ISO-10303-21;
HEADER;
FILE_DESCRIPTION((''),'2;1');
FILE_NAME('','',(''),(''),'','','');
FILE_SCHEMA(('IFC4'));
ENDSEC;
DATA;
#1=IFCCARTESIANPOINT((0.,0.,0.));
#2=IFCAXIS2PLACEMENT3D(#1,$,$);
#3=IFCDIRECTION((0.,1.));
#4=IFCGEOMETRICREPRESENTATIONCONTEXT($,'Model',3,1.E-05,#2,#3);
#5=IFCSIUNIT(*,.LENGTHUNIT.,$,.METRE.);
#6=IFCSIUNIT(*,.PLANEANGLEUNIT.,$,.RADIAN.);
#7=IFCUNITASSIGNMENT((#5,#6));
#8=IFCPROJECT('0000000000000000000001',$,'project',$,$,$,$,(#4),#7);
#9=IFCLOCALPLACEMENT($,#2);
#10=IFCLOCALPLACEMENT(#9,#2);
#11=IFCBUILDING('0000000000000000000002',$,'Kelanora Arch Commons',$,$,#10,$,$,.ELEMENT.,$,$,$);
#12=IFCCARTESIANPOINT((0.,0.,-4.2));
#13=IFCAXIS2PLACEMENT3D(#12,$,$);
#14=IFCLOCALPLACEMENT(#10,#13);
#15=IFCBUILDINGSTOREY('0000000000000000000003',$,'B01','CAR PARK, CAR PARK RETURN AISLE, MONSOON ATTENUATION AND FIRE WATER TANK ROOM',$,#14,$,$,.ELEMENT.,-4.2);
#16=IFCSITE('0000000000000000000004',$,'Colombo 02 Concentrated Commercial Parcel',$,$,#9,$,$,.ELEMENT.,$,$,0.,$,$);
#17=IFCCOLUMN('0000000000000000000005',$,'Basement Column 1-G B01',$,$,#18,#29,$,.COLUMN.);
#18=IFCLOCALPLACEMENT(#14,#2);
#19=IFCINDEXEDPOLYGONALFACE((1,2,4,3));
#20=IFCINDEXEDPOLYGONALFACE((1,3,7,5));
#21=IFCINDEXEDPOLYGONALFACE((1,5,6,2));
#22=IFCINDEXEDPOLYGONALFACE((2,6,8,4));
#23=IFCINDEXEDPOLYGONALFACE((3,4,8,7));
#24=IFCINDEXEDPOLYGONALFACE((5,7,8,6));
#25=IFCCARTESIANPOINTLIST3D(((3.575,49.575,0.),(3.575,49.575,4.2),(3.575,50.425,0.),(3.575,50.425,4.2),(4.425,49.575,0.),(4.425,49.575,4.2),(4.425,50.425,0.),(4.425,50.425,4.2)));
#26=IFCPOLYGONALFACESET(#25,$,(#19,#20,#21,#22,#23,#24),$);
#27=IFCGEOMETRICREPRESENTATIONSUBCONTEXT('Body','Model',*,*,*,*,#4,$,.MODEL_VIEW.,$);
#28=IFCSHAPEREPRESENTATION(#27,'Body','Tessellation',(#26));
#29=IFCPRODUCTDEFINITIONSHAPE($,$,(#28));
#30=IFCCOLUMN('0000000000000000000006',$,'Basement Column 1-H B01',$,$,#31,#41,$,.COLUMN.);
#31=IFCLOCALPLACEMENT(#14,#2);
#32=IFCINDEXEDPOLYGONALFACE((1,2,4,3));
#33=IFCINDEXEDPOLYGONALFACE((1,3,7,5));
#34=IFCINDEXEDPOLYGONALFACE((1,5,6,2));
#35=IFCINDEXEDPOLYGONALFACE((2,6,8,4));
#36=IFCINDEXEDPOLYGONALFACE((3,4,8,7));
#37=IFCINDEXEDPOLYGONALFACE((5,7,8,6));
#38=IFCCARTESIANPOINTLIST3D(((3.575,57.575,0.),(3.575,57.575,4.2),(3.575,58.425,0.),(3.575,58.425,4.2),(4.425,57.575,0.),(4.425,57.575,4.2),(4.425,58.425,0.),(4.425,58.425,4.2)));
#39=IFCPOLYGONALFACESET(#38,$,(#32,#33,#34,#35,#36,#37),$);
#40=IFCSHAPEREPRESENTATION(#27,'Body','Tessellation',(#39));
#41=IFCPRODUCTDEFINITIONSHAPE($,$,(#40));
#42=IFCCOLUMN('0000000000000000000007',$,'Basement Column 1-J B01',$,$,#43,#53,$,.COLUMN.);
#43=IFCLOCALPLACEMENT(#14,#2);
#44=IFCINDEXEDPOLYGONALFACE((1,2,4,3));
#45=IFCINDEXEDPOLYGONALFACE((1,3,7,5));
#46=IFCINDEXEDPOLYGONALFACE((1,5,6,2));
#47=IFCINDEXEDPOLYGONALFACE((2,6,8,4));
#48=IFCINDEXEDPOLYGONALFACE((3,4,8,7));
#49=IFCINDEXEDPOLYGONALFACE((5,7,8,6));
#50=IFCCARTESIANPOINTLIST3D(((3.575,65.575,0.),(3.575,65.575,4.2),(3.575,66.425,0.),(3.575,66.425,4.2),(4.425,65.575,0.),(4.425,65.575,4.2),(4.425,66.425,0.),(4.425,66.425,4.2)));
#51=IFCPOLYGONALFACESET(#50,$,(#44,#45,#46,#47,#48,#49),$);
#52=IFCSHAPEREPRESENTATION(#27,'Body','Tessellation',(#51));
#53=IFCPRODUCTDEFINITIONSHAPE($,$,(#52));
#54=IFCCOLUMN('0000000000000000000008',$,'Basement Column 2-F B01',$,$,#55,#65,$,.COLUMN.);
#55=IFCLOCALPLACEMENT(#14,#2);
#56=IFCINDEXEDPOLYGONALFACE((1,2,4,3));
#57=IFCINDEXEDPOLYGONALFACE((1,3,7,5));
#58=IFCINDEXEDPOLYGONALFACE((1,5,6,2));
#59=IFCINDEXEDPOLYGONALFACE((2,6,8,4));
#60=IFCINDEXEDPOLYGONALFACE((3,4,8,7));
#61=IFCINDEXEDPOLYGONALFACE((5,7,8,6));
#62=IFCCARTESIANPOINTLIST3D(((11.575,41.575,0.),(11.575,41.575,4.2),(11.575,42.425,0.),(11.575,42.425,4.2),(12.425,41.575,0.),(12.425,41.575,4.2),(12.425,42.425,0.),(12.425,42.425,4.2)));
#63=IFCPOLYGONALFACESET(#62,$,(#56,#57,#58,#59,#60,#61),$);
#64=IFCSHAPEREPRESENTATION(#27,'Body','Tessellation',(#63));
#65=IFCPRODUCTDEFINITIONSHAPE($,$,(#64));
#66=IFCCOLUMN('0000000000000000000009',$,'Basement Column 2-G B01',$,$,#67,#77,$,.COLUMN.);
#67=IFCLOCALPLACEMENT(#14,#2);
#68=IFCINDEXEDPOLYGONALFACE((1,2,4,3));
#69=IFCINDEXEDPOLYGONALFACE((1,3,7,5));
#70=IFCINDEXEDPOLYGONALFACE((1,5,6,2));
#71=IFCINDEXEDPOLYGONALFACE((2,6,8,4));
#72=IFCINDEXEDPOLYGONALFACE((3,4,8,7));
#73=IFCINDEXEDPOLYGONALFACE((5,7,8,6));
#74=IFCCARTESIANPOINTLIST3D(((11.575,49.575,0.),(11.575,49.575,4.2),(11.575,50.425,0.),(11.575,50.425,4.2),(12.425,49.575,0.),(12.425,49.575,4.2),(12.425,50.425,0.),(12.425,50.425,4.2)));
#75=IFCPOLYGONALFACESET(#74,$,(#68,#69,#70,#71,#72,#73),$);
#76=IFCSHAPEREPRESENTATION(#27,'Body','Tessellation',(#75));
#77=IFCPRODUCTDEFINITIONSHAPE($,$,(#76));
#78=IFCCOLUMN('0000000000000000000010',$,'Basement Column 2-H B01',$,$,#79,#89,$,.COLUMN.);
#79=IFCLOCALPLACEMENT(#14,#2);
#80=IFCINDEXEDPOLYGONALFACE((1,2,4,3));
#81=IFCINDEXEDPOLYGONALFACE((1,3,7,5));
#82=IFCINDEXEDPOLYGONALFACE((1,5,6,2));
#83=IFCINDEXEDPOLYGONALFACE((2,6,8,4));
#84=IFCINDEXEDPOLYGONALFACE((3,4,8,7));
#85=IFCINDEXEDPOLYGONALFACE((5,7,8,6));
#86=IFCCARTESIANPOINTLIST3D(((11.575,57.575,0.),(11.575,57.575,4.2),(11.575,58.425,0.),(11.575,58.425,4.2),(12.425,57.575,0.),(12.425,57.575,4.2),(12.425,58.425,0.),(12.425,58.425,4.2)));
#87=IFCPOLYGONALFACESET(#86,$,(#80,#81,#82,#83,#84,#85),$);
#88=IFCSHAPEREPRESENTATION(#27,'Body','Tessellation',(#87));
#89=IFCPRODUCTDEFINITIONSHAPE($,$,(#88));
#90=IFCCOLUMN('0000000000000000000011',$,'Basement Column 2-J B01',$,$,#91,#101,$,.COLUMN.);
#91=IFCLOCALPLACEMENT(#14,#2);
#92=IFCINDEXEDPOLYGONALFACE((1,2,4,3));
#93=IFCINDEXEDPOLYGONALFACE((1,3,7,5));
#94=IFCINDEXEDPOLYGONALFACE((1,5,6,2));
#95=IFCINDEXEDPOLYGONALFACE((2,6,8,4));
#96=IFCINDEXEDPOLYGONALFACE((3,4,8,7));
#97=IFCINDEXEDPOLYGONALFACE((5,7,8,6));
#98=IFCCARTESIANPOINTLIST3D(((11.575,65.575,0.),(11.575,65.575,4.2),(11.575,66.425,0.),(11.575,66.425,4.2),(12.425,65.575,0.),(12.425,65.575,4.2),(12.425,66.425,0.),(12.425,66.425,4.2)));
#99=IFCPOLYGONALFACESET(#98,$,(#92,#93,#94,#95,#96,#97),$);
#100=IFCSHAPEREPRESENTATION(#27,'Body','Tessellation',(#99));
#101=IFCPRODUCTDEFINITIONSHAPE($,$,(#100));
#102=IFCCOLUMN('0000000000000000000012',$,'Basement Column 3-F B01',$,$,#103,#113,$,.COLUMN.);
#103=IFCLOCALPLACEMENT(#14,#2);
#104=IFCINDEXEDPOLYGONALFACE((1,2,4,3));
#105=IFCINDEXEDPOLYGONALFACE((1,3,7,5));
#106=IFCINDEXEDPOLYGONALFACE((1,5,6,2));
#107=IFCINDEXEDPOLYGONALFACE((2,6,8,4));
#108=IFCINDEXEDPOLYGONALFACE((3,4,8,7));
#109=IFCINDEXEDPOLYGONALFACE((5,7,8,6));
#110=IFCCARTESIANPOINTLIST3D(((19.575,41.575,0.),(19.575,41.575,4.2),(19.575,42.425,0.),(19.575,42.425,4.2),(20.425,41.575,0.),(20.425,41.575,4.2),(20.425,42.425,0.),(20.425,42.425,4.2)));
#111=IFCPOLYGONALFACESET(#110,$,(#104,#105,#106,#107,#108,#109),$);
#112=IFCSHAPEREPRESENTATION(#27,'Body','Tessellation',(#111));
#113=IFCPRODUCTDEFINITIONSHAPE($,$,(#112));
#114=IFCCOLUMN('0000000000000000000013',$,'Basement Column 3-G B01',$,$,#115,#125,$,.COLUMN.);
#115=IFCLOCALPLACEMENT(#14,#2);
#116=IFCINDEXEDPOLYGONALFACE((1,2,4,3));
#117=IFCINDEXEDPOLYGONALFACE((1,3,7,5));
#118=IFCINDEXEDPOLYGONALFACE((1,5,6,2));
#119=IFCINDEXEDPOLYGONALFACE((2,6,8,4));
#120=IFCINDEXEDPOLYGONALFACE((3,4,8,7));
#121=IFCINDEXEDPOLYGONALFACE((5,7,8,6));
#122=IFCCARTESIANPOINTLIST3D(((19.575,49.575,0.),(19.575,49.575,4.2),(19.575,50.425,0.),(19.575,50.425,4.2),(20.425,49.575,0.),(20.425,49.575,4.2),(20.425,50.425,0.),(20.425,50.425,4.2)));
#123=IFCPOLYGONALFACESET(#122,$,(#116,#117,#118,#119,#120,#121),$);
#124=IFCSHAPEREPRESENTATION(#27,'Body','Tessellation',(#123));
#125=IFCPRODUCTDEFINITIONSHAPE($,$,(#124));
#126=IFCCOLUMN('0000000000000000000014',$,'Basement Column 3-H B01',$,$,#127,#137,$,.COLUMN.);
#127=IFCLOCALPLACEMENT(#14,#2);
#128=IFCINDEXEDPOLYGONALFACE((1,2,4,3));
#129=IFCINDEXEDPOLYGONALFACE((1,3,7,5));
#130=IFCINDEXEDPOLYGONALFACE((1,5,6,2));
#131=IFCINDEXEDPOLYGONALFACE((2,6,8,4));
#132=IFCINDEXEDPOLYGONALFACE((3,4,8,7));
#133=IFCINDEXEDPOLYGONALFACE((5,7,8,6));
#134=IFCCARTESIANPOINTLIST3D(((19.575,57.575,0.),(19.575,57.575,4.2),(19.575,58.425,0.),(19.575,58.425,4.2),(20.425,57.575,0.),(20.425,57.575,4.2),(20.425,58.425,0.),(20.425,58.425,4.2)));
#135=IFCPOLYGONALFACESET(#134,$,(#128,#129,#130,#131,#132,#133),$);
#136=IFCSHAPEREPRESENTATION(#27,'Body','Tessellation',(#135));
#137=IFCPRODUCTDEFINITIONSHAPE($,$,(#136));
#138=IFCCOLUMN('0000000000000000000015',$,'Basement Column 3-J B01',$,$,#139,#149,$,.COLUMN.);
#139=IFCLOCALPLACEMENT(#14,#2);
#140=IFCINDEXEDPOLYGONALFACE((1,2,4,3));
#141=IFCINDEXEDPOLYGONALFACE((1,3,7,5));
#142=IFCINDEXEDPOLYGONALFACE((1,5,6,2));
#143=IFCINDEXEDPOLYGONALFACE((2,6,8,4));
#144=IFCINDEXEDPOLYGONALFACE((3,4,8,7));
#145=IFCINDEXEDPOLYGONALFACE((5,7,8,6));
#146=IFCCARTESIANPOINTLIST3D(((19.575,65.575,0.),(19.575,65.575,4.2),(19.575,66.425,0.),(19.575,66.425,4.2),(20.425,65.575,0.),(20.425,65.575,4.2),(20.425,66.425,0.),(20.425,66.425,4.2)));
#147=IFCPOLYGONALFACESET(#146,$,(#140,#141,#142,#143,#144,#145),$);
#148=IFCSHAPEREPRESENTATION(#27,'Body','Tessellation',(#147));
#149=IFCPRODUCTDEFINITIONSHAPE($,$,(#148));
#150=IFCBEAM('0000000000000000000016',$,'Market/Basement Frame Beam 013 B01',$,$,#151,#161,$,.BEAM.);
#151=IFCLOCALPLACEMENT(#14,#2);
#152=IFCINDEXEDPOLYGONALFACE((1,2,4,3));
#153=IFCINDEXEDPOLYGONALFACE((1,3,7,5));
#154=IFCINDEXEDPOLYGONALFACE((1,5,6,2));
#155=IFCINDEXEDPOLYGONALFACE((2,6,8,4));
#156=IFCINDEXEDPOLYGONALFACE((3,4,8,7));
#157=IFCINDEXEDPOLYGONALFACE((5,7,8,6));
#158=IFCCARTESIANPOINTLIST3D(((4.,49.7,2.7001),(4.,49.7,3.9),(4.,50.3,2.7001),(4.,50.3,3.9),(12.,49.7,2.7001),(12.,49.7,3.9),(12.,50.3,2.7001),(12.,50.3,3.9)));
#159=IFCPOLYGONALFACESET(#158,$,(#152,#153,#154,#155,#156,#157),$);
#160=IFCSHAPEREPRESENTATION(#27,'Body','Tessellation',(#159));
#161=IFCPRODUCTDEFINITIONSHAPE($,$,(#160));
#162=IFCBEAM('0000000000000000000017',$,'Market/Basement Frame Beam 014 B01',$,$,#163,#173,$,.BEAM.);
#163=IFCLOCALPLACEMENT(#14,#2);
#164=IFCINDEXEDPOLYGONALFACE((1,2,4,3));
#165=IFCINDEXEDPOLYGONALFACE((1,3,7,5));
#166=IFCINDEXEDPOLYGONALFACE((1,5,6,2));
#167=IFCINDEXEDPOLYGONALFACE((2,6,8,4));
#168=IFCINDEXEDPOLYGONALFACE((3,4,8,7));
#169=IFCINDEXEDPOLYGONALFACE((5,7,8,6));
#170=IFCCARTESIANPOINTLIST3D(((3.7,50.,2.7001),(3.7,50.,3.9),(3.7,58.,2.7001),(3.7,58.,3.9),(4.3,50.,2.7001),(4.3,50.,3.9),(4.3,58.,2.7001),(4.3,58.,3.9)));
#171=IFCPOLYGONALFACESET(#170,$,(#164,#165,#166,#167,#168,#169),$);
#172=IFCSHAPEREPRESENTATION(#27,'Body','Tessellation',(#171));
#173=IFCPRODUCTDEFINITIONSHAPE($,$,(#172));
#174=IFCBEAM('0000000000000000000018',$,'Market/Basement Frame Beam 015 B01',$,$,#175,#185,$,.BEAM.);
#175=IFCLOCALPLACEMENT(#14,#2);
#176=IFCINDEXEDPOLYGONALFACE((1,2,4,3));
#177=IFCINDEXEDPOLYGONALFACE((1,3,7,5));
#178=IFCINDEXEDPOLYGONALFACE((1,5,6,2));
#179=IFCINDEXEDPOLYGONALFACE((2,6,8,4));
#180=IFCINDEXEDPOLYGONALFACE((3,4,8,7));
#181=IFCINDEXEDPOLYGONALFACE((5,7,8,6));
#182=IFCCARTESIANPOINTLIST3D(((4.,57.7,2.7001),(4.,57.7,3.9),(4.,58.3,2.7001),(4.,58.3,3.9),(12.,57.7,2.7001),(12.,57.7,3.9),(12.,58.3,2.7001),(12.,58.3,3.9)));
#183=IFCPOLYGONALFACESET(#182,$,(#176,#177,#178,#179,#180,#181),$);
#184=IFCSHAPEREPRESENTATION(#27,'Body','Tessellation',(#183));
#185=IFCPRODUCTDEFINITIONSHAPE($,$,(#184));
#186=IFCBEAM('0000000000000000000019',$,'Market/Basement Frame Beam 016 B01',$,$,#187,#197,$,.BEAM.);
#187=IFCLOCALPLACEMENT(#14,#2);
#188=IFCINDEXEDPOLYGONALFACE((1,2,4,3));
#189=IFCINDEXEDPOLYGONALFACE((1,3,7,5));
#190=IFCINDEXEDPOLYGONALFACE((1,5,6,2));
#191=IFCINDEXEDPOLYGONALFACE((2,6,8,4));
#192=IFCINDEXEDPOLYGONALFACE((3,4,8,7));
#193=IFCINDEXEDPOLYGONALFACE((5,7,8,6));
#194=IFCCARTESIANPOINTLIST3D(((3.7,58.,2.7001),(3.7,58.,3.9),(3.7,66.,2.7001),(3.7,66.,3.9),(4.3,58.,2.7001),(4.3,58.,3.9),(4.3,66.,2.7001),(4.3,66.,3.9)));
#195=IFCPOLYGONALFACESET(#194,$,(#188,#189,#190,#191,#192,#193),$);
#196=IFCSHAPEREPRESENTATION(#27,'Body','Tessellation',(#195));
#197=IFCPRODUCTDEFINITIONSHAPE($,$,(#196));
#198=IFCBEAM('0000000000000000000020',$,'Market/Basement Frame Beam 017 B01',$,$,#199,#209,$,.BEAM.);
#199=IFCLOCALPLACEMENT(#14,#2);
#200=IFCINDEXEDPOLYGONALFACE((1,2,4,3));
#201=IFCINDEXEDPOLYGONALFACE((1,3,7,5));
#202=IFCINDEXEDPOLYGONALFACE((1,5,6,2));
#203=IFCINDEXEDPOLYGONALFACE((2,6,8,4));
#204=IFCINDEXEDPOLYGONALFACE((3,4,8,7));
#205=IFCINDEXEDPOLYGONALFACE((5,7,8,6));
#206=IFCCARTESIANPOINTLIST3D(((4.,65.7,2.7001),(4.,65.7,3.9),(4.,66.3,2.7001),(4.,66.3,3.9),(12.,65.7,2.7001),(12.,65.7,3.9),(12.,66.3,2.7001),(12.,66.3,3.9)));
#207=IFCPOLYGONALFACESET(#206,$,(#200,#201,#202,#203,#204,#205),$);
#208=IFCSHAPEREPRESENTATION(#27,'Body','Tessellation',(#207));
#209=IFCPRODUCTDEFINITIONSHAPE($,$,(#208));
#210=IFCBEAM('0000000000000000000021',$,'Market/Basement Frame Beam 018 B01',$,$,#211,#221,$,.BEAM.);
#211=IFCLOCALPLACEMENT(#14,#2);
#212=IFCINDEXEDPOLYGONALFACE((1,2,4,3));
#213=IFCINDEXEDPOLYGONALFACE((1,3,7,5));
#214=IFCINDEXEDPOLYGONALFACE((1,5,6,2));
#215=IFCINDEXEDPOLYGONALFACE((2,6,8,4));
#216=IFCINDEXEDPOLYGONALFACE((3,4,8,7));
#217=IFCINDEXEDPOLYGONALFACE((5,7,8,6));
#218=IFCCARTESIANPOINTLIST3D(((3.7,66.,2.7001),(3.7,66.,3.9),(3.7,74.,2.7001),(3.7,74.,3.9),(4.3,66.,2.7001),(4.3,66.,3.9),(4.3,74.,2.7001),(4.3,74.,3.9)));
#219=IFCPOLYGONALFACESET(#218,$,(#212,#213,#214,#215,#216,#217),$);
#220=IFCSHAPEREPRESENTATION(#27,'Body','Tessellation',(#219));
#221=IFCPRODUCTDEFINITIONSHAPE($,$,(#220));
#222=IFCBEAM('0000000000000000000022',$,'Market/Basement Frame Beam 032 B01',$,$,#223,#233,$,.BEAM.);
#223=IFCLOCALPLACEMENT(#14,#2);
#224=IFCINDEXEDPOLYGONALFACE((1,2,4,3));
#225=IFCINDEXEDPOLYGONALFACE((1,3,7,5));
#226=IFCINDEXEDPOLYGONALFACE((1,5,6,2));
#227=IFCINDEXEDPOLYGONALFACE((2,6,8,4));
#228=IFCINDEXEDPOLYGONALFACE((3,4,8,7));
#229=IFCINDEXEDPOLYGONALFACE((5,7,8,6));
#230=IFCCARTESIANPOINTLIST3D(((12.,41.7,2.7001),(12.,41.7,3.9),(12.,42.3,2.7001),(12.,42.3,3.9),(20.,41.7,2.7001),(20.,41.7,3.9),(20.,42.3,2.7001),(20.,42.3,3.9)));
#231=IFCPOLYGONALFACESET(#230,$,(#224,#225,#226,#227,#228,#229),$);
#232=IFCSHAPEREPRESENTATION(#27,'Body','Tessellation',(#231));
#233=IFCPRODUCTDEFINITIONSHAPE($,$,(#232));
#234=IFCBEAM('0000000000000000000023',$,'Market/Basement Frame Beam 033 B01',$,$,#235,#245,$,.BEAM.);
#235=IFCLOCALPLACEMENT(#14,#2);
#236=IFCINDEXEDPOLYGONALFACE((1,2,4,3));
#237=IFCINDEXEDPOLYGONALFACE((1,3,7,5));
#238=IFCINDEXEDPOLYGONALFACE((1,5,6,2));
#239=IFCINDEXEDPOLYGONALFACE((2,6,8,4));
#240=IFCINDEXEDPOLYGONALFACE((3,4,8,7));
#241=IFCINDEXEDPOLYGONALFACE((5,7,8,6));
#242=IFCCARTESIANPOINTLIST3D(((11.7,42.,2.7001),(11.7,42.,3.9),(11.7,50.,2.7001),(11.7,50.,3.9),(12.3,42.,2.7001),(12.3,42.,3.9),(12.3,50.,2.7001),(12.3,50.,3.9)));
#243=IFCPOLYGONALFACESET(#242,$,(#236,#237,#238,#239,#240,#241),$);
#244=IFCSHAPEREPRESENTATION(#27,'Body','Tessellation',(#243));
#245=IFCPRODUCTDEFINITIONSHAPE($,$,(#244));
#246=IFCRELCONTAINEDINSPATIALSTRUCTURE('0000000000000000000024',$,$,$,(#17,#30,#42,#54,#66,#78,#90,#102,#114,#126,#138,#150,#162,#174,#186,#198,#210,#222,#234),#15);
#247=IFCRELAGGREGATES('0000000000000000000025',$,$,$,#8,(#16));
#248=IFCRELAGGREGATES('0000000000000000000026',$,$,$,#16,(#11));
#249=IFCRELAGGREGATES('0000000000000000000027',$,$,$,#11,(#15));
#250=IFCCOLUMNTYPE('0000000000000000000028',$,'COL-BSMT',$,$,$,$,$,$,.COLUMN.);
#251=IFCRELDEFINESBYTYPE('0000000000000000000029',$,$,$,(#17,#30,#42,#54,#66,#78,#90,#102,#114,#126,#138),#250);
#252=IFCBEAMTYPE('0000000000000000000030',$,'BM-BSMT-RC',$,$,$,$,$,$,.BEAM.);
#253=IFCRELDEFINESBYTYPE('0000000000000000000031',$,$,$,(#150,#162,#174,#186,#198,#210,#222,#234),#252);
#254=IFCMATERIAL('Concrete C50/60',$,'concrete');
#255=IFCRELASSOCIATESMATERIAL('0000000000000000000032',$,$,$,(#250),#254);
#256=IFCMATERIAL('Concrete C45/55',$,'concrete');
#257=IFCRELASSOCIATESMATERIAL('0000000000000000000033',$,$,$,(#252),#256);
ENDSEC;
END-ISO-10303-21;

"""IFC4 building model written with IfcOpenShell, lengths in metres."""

from ifc_helpers import new_model, si_unit, direction, frame, origin, origin_2d, place, context, subcontext, project, spatial, rectangle, extrude, material, material_profile, profile_set, type_object, element, save


model = new_model("IFC4")

# Units and contexts
model_context = context("Model", 3, precision=1e-05, world=origin(), true_north=direction((0.0, 1.0)))
body_context = subcontext(model_context, "Body", "Model", "MODEL_VIEW")
ifc_project = project(units=[si_unit("LENGTHUNIT", "METRE"), si_unit("PLANEANGLEUNIT", "RADIAN")], contexts=[model_context])

# Site, building, storey
site_placement = place(None, origin())
site = spatial("IfcSite", under=ifc_project, at=site_placement, Name="Colombo 02 Concentrated Commercial Parcel", CompositionType="ELEMENT", RefElevation=0.0)
building_placement = place(site_placement, origin())
building = spatial("IfcBuilding", under=site, at=building_placement, Name="Kelanora Arch Commons", CompositionType="ELEMENT")
storey_placement = place(building_placement, frame((0.0, 0.0, -4.2)))
storey = spatial("IfcBuildingStorey", under=building, at=storey_placement, Name="B01", Description="CAR PARK, CAR PARK RETURN AISLE, MONSOON ATTENUATION AND FIRE WATER TANK ROOM", CompositionType="ELEMENT", Elevation=-4.2)

# Columns
ifc_material_1 = material(Name="Concrete C50/60", Category="concrete")
ifc_material_profile_1 = material_profile(ifc_material_1, rectangle(XDim=0.8501, YDim=0.8501, at=origin_2d()), Name="RC850x850")
ifc_profile_set_1 = profile_set([ifc_material_profile_1], Name="Concrete C50/60")
column_type = type_object("IfcColumnType", Name="COL-BSMT", PredefinedType="COLUMN", material=ifc_profile_set_1)
for number, where, z_axis, x_axis, name in (
    (1, (4.0, 50.0, 0.0), (0.0, 0.0, 1.0), (1.0, 0.0, 0.0), "Basement Column 1-G B01"),
    (2, (4.0, 58.0, 0.0), (0.0, 0.0, 1.0), (1.0, 0.0, 0.0), "Basement Column 1-H B01"),
    (3, (4.0, 66.0, 0.0), (0.0, 0.0, 1.0), (1.0, 0.0, 0.0), "Basement Column 1-J B01"),
    (4, (12.0, 42.0, 0.0), (0.0, 0.0, 1.0), (1.0, 0.0, 0.0), "Basement Column 2-F B01"),
    (5, (12.0, 50.0, 0.0), (0.0, 0.0, 1.0), (1.0, 0.0, 0.0), "Basement Column 2-G B01"),
    (6, (12.0, 58.0, 0.0), (0.0, 0.0, 1.0), (1.0, 0.0, 0.0), "Basement Column 2-H B01"),
    (7, (12.0, 66.0, 0.0), (0.0, 0.0, 1.0), (1.0, 0.0, 0.0), "Basement Column 2-J B01"),
    (8, (20.0, 42.0, 0.0), (0.0, 0.0, 1.0), (1.0, 0.0, 0.0), "Basement Column 3-F B01"),
    (9, (20.0, 50.0, 0.0), (0.0, 0.0, 1.0), (1.0, 0.0, 0.0), "Basement Column 3-G B01"),
    (10, (20.0, 58.0, 0.0), (0.0, 0.0, 1.0), (1.0, 0.0, 0.0), "Basement Column 3-H B01"),
    (11, (20.0, 66.0, 0.0), (0.0, 0.0, 1.0), (1.0, 0.0, 0.0), "Basement Column 3-J B01"),
):
    element("IfcColumn", number, at=place(storey_placement, frame(where, z_axis=z_axis, x_axis=x_axis)), inside=storey, type_object=column_type, Name=name, PredefinedType="COLUMN", context=body_context, shape_type="SweptSolid", body=[
        extrude(rectangle(XDim=0.8501, YDim=0.8501, at=origin_2d()), origin(), (0.0, 0.0, 1.0), 4.2),
    ])

# Beams
ifc_material_2 = material(Name="Concrete C45/55", Category="concrete")
ifc_material_profile_2 = material_profile(ifc_material_2, rectangle(XDim=0.6001, YDim=1.2, at=origin_2d()), Name="RCB600x1200")
ifc_profile_set_2 = profile_set([ifc_material_profile_2], Name="Concrete C45/55")
beam_type = type_object("IfcBeamType", Name="BM-BSMT-RC", PredefinedType="BEAM", material=ifc_profile_set_2)
for number, where, z_axis, x_axis, name in (
    (12, (4.0, 50.0, 3.3), (1.0, 0.0, 0.0), (0.0, 1.0, 0.0), "Market/Basement Frame Beam 013 B01"),
    (13, (4.0, 50.0, 3.3), (0.0, 1.0, 0.0), (-1.0, 0.0, 0.0), "Market/Basement Frame Beam 014 B01"),
    (14, (4.0, 58.0, 3.3), (1.0, 0.0, 0.0), (0.0, 1.0, 0.0), "Market/Basement Frame Beam 015 B01"),
    (15, (4.0, 58.0, 3.3), (0.0, 1.0, 0.0), (-1.0, 0.0, 0.0), "Market/Basement Frame Beam 016 B01"),
    (16, (4.0, 66.0, 3.3), (1.0, 0.0, 0.0), (0.0, 1.0, 0.0), "Market/Basement Frame Beam 017 B01"),
    (17, (4.0, 66.0, 3.3), (0.0, 1.0, 0.0), (-1.0, 0.0, 0.0), "Market/Basement Frame Beam 018 B01"),
    (18, (12.0, 42.0, 3.3), (1.0, 0.0, 0.0), (0.0, 1.0, 0.0), "Market/Basement Frame Beam 032 B01"),
    (19, (12.0, 42.0, 3.3), (0.0, 1.0, 0.0), (-1.0, 0.0, 0.0), "Market/Basement Frame Beam 033 B01"),
):
    element("IfcBeam", number, at=place(storey_placement, frame(where, z_axis=z_axis, x_axis=x_axis)), inside=storey, type_object=beam_type, Name=name, PredefinedType="BEAM", context=body_context, shape_type="SweptSolid", body=[
        extrude(rectangle(XDim=0.6001, YDim=1.2, at=origin_2d()), origin(), (0.0, 0.0, 1.0), 8.0),
    ])

save(model, "model.ifc")
